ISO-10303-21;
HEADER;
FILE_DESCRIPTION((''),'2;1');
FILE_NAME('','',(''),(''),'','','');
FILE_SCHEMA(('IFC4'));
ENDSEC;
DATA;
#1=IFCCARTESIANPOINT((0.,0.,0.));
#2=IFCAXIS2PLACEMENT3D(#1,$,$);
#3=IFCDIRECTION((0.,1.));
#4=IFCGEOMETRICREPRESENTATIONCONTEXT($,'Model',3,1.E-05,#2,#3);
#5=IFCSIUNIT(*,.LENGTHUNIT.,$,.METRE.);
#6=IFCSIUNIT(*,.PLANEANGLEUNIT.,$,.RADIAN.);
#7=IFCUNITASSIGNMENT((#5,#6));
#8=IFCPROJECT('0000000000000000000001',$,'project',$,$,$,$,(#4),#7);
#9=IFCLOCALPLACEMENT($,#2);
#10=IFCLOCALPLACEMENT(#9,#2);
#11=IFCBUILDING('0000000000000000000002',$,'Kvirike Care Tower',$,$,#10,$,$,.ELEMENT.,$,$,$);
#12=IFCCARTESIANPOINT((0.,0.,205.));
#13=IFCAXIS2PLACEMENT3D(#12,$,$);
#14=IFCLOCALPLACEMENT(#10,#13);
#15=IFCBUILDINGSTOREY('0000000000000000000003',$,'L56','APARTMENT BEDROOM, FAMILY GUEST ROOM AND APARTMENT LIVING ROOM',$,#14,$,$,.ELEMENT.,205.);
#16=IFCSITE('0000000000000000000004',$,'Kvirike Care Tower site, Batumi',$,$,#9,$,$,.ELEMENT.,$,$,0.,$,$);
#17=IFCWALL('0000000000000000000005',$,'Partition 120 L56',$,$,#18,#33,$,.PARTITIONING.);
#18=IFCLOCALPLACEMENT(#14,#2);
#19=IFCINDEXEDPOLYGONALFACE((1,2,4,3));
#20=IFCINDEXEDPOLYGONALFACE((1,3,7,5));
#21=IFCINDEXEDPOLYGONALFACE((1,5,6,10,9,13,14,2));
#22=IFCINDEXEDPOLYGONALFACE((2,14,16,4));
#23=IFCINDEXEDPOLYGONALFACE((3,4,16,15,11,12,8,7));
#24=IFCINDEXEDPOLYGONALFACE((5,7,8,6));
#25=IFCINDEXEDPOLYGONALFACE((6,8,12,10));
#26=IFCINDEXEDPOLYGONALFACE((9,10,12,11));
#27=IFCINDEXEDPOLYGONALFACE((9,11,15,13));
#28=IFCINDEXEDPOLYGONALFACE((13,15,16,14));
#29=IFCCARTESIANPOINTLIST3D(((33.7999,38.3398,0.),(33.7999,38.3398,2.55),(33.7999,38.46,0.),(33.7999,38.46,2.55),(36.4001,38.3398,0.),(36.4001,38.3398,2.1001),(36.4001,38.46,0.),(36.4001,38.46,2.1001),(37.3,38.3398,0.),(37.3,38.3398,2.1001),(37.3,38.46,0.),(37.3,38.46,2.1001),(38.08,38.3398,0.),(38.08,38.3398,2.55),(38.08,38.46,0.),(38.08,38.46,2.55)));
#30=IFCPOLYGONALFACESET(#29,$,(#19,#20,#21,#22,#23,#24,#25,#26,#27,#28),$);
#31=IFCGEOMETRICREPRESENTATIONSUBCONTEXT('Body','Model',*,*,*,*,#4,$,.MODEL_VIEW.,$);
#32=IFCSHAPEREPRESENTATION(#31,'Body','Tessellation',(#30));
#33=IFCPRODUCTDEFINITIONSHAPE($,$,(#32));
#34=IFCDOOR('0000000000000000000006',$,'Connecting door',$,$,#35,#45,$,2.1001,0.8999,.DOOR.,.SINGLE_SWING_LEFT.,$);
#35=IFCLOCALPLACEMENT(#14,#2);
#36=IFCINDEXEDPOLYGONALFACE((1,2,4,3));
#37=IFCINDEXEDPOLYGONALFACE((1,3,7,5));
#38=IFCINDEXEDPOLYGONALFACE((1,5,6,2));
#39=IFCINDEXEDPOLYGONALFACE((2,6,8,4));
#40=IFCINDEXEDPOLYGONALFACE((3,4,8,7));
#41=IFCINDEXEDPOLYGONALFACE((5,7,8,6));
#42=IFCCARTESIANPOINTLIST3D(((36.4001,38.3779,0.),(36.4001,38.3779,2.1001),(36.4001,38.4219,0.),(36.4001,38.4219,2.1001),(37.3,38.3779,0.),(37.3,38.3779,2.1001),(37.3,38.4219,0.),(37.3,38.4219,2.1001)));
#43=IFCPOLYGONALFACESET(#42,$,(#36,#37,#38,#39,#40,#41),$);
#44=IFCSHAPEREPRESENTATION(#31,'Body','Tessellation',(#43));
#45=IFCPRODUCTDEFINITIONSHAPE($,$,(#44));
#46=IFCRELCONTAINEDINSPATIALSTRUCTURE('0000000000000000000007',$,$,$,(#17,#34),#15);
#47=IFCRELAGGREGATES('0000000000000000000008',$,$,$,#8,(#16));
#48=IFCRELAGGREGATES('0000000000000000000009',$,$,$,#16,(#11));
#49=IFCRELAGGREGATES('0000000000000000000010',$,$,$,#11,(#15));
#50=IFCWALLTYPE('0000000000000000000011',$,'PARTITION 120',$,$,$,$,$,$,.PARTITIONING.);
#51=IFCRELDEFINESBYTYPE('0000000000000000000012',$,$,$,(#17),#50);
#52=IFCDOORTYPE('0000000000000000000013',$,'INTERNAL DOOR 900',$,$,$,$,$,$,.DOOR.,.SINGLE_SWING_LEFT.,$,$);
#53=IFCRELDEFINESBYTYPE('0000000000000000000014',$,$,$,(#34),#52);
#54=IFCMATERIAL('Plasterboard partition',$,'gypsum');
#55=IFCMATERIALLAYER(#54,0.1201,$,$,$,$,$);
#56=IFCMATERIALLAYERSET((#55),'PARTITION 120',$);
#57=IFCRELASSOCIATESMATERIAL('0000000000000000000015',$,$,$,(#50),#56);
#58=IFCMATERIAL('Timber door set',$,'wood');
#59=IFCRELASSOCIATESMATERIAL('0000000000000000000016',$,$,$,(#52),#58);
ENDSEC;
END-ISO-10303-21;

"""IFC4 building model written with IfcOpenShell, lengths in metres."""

from ifc_helpers import new_model, si_unit, direction, frame, frame_2d, origin, place, context, subcontext, project, spatial, rectangle, extrude, material, layer, layer_set, type_object, element, fill, save


model = new_model("IFC4")

# Units and contexts
model_context = context("Model", 3, precision=1e-05, world=origin(), true_north=direction((0.0, 1.0)))
body_context = subcontext(model_context, "Body", "Model", "MODEL_VIEW")
ifc_project = project(units=[si_unit("LENGTHUNIT", "METRE"), si_unit("PLANEANGLEUNIT", "RADIAN")], contexts=[model_context])

# Site, building, storey
site_placement = place(None, origin())
site = spatial("IfcSite", under=ifc_project, at=site_placement, Name="Kvirike Care Tower site, Batumi", CompositionType="ELEMENT", RefElevation=0.0)
building_placement = place(site_placement, origin())
building = spatial("IfcBuilding", under=site, at=building_placement, Name="Kvirike Care Tower", CompositionType="ELEMENT")
storey_placement = place(building_placement, frame((0.0, 0.0, 205.0)))
storey = spatial("IfcBuildingStorey", under=building, at=storey_placement, Name="L56", Description="APARTMENT BEDROOM, FAMILY GUEST ROOM AND APARTMENT LIVING ROOM", CompositionType="ELEMENT", Elevation=205.0)

# Wall, opening, door
ifc_material_1 = material(Name="Plasterboard partition", Category="gypsum")
ifc_layer_1 = layer(ifc_material_1, 0.1201)
ifc_layer_set_1 = layer_set([ifc_layer_1], Name="PARTITION 120")
wall_type = type_object("IfcWallType", Name="PARTITION 120", PredefinedType="PARTITIONING", material=ifc_layer_set_1)
wall_placement = place(storey_placement, frame((38.0801, 38.3999, 0.0), z_axis=(0.0, 0.0, 1.0), x_axis=(-1.0, 0.0, 0.0)))
wall = element("IfcWall", 1, at=wall_placement, inside=storey, type_object=wall_type, Name="Partition 120 L56", PredefinedType="PARTITIONING", context=body_context, shape_type="SweptSolid", body=[
    extrude(rectangle(XDim=4.28, YDim=0.1201, at=frame_2d((2.1401, 0.0))), origin(), (0.0, 0.0, 1.0), 2.55),
])
opening_placement = place(wall_placement, frame((0.78, 0.0, 0.0)))
opening = element("IfcOpeningElement", 2, at=opening_placement, cuts=wall, PredefinedType="OPENING", context=body_context, shape_type="SweptSolid", body=[
    extrude(rectangle(XDim=0.8999, YDim=2.1001, at=frame_2d((0.45, 1.05))), frame((0.0, 0.0706, 0.0), z_axis=(0.0, -1.0, 0.0), x_axis=(1.0, 0.0, 0.0)), (0.0, 0.0, 1.0), 0.1411),
])
ifc_material_2 = material(Name="Timber door set", Category="wood")
door_type = type_object("IfcDoorType", Name="INTERNAL DOOR 900", OperationType="SINGLE_SWING_LEFT", PredefinedType="DOOR", material=ifc_material_2)
door_placement = place(opening_placement, frame((0.8999, 0.0, 0.0), z_axis=(0.0, 0.0, 1.0), x_axis=(-1.0, 0.0, 0.0)))
door = element("IfcDoor", 3, at=door_placement, inside=storey, type_object=door_type, Name="Connecting door", OperationType="SINGLE_SWING_LEFT", OverallHeight=2.1001, OverallWidth=0.8999, PredefinedType="DOOR", context=body_context, shape_type="SweptSolid", body=[
    extrude(rectangle(XDim=0.8999, YDim=2.1001, at=frame_2d((0.45, 1.05))), frame((0.0, 0.022, 0.0), z_axis=(0.0, -1.0, 0.0), x_axis=(1.0, 0.0, 0.0)), (0.0, 0.0, 1.0), 0.0439),
])
fill(opening, door)

save(model, "model.ifc")
